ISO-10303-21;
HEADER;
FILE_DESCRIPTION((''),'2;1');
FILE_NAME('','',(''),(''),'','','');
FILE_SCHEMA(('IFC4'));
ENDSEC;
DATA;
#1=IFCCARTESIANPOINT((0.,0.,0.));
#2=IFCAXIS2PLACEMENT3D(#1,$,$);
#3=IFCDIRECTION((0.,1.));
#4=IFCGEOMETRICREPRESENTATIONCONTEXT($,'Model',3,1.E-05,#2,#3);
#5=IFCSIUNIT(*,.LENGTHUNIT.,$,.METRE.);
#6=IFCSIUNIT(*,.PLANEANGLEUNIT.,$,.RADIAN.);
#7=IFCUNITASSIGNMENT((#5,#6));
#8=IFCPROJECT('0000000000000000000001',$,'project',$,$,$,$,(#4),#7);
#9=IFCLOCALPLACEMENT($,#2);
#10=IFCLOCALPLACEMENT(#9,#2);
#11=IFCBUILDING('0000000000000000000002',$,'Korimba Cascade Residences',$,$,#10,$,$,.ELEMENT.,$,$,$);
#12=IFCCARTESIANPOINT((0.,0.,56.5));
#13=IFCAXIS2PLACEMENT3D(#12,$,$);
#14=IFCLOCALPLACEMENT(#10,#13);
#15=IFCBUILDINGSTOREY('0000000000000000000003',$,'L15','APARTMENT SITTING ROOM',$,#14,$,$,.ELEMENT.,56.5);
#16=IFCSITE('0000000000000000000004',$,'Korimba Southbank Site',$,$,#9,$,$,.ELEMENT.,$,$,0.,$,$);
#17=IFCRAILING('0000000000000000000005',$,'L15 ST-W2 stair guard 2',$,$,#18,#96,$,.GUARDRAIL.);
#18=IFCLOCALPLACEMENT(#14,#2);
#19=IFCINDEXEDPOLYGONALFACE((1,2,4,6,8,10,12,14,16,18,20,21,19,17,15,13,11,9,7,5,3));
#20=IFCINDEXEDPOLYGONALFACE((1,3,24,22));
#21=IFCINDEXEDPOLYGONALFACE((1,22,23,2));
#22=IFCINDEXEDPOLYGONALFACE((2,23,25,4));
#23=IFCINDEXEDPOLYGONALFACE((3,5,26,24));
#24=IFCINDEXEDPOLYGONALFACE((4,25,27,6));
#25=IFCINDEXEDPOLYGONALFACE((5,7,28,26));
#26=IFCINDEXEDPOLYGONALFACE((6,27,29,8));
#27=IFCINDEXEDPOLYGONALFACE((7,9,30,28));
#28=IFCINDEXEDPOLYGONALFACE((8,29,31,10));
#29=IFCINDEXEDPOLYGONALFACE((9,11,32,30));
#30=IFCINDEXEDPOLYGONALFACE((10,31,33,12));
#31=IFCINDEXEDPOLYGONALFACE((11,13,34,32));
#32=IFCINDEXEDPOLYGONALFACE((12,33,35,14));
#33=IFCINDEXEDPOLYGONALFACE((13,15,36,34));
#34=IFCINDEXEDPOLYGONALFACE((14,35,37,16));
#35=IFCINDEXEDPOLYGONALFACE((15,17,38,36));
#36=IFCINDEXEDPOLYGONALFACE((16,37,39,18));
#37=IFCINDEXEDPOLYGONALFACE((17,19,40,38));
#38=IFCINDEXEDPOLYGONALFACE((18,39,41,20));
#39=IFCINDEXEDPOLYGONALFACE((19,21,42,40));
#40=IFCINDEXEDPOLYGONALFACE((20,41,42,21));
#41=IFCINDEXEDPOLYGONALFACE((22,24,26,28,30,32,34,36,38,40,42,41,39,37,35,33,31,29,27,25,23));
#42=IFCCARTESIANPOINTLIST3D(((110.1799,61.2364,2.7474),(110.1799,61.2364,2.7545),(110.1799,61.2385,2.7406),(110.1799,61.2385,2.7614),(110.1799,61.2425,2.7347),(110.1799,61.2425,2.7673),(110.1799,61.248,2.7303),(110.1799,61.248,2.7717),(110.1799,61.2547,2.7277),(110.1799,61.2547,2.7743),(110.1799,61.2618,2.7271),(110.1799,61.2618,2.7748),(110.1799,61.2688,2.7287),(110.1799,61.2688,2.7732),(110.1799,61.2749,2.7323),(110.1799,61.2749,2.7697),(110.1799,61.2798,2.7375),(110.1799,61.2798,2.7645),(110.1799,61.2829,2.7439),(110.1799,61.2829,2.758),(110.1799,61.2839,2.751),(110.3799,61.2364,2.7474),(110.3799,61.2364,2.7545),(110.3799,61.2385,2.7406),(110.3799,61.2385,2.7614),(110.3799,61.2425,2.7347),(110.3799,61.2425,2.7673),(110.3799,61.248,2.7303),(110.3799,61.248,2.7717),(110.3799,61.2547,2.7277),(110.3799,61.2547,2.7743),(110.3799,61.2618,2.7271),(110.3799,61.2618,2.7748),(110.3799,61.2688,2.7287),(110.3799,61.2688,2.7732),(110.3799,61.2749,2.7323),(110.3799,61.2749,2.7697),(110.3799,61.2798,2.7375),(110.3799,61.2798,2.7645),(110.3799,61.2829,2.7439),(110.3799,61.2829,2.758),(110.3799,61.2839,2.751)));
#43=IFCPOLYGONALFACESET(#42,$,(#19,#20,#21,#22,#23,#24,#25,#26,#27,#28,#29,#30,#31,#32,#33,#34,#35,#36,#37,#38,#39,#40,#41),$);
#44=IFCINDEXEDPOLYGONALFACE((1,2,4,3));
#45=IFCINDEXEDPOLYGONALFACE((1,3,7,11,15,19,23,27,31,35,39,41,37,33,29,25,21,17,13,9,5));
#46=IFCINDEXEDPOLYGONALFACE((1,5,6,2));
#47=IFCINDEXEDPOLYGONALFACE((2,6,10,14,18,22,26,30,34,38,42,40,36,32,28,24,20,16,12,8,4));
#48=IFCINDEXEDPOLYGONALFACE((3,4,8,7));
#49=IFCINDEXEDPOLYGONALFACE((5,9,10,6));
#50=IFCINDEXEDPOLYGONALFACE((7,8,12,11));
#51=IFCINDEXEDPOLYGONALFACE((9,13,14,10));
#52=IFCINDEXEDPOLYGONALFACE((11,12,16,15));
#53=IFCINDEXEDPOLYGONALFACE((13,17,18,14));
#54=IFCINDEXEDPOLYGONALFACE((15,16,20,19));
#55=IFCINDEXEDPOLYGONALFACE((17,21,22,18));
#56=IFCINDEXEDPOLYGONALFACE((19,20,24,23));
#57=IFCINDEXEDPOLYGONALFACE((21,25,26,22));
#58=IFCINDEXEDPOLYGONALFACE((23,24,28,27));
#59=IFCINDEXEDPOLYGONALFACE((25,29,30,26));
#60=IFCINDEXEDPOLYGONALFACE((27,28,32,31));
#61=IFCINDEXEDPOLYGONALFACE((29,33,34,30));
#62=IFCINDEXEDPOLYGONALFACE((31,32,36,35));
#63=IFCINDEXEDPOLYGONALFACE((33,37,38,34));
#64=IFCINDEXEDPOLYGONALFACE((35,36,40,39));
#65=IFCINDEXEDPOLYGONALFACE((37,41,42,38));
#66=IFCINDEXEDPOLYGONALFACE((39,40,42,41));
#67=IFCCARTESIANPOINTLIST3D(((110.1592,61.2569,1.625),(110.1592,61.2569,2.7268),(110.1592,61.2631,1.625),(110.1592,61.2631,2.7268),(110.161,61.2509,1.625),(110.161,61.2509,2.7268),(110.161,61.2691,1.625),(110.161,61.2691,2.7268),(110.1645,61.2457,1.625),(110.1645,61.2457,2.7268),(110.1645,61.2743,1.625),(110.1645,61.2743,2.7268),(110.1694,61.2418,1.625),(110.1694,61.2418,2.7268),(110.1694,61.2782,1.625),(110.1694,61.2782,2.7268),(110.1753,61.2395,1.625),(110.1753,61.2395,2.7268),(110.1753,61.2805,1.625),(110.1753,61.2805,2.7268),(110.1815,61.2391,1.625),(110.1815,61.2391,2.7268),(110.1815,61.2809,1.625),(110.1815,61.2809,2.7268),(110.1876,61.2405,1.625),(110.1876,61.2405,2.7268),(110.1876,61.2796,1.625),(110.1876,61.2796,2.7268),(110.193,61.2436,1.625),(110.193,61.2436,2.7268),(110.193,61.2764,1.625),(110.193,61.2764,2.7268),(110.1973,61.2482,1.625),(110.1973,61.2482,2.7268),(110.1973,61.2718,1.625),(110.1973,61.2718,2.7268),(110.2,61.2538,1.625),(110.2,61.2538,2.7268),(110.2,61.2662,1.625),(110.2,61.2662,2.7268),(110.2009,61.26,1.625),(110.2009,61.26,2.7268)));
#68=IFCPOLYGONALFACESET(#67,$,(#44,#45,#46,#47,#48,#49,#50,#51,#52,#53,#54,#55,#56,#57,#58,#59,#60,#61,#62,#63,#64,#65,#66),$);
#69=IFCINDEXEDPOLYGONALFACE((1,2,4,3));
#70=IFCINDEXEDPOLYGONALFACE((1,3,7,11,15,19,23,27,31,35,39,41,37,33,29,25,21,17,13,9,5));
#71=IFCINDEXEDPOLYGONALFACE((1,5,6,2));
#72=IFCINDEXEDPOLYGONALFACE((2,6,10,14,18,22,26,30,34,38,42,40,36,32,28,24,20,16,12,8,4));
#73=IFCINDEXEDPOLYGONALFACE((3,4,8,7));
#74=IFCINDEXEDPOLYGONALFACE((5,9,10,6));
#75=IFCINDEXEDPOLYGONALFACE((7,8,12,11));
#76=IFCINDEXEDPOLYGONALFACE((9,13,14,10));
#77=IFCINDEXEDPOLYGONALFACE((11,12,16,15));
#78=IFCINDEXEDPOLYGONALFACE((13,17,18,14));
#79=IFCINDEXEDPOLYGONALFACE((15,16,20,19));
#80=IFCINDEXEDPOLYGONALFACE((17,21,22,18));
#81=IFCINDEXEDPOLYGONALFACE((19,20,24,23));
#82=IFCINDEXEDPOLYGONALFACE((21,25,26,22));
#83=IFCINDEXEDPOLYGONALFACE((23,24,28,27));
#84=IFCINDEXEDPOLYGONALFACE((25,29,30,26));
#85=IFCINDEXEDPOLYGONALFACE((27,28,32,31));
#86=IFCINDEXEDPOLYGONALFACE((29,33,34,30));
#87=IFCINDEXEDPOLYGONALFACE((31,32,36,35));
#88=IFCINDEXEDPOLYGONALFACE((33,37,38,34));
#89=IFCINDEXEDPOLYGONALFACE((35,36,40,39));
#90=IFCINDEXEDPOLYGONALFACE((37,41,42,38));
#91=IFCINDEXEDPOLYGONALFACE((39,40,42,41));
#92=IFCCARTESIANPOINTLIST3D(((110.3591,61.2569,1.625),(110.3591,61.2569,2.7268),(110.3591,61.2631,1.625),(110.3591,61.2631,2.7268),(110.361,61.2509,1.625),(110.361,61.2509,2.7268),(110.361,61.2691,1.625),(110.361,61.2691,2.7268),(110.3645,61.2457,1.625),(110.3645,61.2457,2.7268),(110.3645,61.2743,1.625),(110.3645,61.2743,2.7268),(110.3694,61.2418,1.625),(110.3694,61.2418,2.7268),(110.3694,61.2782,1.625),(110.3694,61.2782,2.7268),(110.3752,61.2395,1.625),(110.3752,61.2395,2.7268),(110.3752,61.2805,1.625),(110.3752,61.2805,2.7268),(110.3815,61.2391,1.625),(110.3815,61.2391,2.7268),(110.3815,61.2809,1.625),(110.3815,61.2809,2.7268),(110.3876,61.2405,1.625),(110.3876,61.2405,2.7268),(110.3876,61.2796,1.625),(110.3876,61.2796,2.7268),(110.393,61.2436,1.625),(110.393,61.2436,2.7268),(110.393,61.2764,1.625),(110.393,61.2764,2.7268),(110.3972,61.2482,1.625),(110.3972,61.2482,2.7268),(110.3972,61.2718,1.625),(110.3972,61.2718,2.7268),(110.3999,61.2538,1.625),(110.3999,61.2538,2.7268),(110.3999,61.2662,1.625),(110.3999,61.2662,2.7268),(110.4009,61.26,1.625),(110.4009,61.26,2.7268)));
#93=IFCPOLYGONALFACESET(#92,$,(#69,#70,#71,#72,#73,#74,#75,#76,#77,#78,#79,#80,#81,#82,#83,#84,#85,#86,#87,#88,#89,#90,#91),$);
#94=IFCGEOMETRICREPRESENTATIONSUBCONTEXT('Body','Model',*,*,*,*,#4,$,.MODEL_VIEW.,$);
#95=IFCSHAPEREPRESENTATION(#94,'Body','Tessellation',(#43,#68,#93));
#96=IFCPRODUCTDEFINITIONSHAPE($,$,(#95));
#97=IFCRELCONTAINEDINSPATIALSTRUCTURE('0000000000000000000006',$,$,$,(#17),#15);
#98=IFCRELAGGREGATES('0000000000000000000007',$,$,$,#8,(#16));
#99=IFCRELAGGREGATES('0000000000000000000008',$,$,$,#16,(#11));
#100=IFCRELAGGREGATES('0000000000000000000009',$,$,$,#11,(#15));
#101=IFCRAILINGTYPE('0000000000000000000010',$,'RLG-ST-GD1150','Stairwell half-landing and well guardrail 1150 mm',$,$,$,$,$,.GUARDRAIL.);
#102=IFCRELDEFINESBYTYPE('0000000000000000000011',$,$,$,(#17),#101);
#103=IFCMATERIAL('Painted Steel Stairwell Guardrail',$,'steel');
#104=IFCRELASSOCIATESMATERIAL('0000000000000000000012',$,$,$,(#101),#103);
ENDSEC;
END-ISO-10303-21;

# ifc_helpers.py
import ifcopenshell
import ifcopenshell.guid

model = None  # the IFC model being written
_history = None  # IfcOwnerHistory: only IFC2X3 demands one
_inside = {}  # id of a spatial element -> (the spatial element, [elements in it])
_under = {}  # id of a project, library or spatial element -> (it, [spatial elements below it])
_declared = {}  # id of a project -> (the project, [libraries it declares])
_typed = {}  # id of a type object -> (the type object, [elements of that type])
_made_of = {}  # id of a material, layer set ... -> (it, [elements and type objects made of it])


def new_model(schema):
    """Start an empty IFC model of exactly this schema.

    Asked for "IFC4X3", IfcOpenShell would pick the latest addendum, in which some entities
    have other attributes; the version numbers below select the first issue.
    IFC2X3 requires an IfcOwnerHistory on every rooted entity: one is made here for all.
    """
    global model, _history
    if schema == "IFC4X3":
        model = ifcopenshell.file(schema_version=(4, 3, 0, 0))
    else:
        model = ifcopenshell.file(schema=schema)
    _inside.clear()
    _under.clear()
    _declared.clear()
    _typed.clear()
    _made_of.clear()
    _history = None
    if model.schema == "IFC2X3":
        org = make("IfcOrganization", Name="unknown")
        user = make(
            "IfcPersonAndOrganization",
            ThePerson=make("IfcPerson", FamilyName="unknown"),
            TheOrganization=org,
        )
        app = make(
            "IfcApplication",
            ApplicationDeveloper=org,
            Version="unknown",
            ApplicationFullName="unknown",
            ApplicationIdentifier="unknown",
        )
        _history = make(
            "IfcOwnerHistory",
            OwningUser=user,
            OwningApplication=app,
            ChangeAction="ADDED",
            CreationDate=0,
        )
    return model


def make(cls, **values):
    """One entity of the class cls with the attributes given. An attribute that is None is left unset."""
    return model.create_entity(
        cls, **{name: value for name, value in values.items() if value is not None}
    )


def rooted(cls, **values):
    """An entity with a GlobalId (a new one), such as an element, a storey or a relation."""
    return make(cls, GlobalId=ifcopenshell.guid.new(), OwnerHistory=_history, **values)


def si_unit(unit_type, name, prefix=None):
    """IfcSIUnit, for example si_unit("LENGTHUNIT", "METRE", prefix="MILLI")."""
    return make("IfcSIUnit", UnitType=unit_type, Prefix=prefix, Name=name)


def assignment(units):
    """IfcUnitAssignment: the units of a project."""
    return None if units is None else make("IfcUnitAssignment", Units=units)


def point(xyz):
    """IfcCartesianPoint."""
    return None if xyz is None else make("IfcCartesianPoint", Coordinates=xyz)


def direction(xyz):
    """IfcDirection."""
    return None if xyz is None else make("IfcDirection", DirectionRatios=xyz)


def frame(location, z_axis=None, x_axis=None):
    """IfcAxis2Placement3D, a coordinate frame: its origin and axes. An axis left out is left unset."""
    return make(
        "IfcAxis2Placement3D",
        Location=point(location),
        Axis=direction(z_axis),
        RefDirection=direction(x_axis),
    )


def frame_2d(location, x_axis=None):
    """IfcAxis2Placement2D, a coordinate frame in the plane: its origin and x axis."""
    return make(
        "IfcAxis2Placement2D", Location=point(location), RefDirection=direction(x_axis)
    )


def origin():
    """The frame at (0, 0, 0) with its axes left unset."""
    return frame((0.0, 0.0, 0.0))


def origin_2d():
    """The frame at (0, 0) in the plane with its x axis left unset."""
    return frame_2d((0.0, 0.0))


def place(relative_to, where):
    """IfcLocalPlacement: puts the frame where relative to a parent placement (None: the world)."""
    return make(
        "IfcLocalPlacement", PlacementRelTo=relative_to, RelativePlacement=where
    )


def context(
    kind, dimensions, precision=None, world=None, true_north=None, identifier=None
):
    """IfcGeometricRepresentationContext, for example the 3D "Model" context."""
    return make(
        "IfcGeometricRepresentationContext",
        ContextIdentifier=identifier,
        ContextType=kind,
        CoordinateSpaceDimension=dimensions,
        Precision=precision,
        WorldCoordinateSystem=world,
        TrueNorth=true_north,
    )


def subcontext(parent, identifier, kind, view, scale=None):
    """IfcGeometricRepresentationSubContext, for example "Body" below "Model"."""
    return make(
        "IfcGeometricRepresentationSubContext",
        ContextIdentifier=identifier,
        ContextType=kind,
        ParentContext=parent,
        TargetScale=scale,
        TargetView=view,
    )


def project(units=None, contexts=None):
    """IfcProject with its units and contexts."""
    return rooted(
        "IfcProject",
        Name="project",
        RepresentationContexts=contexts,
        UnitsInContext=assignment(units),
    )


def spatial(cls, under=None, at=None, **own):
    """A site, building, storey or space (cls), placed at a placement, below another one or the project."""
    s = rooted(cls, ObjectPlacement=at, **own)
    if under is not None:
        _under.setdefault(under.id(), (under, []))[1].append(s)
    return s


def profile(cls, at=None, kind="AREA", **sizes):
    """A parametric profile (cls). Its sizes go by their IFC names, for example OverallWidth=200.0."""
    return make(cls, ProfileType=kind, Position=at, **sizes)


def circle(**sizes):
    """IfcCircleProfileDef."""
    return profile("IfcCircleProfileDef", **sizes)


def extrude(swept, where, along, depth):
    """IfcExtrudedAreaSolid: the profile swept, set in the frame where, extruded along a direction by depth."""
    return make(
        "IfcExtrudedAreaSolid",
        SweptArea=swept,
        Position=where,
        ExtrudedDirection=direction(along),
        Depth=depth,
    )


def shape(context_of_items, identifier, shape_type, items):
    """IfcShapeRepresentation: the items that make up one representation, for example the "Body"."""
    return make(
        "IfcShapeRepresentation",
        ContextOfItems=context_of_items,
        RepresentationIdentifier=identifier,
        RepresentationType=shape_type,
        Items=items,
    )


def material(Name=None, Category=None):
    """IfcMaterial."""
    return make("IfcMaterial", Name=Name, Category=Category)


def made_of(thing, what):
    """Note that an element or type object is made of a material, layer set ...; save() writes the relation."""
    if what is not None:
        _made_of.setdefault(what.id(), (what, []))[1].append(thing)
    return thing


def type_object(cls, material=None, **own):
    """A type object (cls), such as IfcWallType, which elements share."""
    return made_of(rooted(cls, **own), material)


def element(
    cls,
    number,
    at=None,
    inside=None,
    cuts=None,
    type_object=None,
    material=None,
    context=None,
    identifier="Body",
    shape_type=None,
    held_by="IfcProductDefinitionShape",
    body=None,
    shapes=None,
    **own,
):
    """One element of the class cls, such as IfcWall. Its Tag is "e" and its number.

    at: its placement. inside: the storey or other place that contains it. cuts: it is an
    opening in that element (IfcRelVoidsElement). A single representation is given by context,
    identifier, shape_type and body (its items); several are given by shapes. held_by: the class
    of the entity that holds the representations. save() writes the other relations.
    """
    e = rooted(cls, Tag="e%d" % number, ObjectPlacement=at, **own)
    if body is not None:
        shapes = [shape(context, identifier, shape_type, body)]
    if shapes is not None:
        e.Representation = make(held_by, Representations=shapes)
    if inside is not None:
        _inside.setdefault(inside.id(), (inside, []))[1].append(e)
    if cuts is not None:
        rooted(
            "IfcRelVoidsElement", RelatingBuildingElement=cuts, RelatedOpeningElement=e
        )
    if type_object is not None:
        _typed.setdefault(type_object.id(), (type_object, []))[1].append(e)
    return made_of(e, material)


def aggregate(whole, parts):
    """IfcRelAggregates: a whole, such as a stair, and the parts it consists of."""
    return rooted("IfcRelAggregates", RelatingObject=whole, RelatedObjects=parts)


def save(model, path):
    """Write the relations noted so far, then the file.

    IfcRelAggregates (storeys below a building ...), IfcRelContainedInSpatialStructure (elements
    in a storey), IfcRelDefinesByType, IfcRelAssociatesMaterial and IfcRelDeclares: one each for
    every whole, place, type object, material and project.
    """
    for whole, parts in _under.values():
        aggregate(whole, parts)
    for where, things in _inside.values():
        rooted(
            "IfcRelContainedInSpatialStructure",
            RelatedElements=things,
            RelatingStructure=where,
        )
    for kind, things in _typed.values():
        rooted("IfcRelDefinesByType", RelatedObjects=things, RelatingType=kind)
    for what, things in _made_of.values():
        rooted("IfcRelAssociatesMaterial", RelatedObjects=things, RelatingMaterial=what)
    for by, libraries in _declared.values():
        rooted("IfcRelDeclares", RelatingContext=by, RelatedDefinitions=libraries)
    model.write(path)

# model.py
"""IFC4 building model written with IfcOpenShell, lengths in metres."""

from ifc_helpers import new_model, si_unit, direction, frame, origin, origin_2d, place, context, subcontext, project, spatial, circle, extrude, material, type_object, element, save


model = new_model("IFC4")

# Units and contexts
model_context = context("Model", 3, precision=1e-05, world=origin(), true_north=direction((0.0, 1.0)))
body_context = subcontext(model_context, "Body", "Model", "MODEL_VIEW")
ifc_project = project(units=[si_unit("LENGTHUNIT", "METRE"), si_unit("PLANEANGLEUNIT", "RADIAN")], contexts=[model_context])

# Site, building, storey
site_placement = place(None, origin())
site = spatial("IfcSite", under=ifc_project, at=site_placement, Name="Korimba Southbank Site", CompositionType="ELEMENT", RefElevation=0.0)
building_placement = place(site_placement, origin())
building = spatial("IfcBuilding", under=site, at=building_placement, Name="Korimba Cascade Residences", CompositionType="ELEMENT")
storey_placement = place(building_placement, frame((0.0, 0.0, 56.5)))
storey = spatial("IfcBuildingStorey", under=building, at=storey_placement, Name="L15", Description="APARTMENT SITTING ROOM", CompositionType="ELEMENT", Elevation=56.5)

# Railing
ifc_material_1 = material(Name="Painted Steel Stairwell Guardrail", Category="steel")
railing_type_1 = type_object("IfcRailingType", Name="RLG-ST-GD1150", Description="Stairwell half-landing and well guardrail 1150 mm", PredefinedType="GUARDRAIL", material=ifc_material_1)
railing_1_placement = place(storey_placement, frame((110.1799, 61.26, 1.625)))
element("IfcRailing", 1, at=railing_1_placement, inside=storey, type_object=railing_type_1, Name="L15 ST-W2 stair guard 2", PredefinedType="GUARDRAIL", context=body_context, shape_type="SweptSolid", body=[
    extrude(circle(Radius=0.0239, at=origin_2d()), frame((0.0, 0.0, 1.126), z_axis=(1.0, 0.0, 0.0), x_axis=(0.0, 1.0, 0.0)), (0.0, 0.0, 1.0), 0.2),
    extrude(circle(Radius=0.021, at=origin_2d()), origin(), (0.0, 0.0, 1.0), 1.1018),
    extrude(circle(Radius=0.021, at=origin_2d()), frame((0.2, 0.0, 0.0)), (0.0, 0.0, 1.0), 1.1018),
])

save(model, "model.ifc")
